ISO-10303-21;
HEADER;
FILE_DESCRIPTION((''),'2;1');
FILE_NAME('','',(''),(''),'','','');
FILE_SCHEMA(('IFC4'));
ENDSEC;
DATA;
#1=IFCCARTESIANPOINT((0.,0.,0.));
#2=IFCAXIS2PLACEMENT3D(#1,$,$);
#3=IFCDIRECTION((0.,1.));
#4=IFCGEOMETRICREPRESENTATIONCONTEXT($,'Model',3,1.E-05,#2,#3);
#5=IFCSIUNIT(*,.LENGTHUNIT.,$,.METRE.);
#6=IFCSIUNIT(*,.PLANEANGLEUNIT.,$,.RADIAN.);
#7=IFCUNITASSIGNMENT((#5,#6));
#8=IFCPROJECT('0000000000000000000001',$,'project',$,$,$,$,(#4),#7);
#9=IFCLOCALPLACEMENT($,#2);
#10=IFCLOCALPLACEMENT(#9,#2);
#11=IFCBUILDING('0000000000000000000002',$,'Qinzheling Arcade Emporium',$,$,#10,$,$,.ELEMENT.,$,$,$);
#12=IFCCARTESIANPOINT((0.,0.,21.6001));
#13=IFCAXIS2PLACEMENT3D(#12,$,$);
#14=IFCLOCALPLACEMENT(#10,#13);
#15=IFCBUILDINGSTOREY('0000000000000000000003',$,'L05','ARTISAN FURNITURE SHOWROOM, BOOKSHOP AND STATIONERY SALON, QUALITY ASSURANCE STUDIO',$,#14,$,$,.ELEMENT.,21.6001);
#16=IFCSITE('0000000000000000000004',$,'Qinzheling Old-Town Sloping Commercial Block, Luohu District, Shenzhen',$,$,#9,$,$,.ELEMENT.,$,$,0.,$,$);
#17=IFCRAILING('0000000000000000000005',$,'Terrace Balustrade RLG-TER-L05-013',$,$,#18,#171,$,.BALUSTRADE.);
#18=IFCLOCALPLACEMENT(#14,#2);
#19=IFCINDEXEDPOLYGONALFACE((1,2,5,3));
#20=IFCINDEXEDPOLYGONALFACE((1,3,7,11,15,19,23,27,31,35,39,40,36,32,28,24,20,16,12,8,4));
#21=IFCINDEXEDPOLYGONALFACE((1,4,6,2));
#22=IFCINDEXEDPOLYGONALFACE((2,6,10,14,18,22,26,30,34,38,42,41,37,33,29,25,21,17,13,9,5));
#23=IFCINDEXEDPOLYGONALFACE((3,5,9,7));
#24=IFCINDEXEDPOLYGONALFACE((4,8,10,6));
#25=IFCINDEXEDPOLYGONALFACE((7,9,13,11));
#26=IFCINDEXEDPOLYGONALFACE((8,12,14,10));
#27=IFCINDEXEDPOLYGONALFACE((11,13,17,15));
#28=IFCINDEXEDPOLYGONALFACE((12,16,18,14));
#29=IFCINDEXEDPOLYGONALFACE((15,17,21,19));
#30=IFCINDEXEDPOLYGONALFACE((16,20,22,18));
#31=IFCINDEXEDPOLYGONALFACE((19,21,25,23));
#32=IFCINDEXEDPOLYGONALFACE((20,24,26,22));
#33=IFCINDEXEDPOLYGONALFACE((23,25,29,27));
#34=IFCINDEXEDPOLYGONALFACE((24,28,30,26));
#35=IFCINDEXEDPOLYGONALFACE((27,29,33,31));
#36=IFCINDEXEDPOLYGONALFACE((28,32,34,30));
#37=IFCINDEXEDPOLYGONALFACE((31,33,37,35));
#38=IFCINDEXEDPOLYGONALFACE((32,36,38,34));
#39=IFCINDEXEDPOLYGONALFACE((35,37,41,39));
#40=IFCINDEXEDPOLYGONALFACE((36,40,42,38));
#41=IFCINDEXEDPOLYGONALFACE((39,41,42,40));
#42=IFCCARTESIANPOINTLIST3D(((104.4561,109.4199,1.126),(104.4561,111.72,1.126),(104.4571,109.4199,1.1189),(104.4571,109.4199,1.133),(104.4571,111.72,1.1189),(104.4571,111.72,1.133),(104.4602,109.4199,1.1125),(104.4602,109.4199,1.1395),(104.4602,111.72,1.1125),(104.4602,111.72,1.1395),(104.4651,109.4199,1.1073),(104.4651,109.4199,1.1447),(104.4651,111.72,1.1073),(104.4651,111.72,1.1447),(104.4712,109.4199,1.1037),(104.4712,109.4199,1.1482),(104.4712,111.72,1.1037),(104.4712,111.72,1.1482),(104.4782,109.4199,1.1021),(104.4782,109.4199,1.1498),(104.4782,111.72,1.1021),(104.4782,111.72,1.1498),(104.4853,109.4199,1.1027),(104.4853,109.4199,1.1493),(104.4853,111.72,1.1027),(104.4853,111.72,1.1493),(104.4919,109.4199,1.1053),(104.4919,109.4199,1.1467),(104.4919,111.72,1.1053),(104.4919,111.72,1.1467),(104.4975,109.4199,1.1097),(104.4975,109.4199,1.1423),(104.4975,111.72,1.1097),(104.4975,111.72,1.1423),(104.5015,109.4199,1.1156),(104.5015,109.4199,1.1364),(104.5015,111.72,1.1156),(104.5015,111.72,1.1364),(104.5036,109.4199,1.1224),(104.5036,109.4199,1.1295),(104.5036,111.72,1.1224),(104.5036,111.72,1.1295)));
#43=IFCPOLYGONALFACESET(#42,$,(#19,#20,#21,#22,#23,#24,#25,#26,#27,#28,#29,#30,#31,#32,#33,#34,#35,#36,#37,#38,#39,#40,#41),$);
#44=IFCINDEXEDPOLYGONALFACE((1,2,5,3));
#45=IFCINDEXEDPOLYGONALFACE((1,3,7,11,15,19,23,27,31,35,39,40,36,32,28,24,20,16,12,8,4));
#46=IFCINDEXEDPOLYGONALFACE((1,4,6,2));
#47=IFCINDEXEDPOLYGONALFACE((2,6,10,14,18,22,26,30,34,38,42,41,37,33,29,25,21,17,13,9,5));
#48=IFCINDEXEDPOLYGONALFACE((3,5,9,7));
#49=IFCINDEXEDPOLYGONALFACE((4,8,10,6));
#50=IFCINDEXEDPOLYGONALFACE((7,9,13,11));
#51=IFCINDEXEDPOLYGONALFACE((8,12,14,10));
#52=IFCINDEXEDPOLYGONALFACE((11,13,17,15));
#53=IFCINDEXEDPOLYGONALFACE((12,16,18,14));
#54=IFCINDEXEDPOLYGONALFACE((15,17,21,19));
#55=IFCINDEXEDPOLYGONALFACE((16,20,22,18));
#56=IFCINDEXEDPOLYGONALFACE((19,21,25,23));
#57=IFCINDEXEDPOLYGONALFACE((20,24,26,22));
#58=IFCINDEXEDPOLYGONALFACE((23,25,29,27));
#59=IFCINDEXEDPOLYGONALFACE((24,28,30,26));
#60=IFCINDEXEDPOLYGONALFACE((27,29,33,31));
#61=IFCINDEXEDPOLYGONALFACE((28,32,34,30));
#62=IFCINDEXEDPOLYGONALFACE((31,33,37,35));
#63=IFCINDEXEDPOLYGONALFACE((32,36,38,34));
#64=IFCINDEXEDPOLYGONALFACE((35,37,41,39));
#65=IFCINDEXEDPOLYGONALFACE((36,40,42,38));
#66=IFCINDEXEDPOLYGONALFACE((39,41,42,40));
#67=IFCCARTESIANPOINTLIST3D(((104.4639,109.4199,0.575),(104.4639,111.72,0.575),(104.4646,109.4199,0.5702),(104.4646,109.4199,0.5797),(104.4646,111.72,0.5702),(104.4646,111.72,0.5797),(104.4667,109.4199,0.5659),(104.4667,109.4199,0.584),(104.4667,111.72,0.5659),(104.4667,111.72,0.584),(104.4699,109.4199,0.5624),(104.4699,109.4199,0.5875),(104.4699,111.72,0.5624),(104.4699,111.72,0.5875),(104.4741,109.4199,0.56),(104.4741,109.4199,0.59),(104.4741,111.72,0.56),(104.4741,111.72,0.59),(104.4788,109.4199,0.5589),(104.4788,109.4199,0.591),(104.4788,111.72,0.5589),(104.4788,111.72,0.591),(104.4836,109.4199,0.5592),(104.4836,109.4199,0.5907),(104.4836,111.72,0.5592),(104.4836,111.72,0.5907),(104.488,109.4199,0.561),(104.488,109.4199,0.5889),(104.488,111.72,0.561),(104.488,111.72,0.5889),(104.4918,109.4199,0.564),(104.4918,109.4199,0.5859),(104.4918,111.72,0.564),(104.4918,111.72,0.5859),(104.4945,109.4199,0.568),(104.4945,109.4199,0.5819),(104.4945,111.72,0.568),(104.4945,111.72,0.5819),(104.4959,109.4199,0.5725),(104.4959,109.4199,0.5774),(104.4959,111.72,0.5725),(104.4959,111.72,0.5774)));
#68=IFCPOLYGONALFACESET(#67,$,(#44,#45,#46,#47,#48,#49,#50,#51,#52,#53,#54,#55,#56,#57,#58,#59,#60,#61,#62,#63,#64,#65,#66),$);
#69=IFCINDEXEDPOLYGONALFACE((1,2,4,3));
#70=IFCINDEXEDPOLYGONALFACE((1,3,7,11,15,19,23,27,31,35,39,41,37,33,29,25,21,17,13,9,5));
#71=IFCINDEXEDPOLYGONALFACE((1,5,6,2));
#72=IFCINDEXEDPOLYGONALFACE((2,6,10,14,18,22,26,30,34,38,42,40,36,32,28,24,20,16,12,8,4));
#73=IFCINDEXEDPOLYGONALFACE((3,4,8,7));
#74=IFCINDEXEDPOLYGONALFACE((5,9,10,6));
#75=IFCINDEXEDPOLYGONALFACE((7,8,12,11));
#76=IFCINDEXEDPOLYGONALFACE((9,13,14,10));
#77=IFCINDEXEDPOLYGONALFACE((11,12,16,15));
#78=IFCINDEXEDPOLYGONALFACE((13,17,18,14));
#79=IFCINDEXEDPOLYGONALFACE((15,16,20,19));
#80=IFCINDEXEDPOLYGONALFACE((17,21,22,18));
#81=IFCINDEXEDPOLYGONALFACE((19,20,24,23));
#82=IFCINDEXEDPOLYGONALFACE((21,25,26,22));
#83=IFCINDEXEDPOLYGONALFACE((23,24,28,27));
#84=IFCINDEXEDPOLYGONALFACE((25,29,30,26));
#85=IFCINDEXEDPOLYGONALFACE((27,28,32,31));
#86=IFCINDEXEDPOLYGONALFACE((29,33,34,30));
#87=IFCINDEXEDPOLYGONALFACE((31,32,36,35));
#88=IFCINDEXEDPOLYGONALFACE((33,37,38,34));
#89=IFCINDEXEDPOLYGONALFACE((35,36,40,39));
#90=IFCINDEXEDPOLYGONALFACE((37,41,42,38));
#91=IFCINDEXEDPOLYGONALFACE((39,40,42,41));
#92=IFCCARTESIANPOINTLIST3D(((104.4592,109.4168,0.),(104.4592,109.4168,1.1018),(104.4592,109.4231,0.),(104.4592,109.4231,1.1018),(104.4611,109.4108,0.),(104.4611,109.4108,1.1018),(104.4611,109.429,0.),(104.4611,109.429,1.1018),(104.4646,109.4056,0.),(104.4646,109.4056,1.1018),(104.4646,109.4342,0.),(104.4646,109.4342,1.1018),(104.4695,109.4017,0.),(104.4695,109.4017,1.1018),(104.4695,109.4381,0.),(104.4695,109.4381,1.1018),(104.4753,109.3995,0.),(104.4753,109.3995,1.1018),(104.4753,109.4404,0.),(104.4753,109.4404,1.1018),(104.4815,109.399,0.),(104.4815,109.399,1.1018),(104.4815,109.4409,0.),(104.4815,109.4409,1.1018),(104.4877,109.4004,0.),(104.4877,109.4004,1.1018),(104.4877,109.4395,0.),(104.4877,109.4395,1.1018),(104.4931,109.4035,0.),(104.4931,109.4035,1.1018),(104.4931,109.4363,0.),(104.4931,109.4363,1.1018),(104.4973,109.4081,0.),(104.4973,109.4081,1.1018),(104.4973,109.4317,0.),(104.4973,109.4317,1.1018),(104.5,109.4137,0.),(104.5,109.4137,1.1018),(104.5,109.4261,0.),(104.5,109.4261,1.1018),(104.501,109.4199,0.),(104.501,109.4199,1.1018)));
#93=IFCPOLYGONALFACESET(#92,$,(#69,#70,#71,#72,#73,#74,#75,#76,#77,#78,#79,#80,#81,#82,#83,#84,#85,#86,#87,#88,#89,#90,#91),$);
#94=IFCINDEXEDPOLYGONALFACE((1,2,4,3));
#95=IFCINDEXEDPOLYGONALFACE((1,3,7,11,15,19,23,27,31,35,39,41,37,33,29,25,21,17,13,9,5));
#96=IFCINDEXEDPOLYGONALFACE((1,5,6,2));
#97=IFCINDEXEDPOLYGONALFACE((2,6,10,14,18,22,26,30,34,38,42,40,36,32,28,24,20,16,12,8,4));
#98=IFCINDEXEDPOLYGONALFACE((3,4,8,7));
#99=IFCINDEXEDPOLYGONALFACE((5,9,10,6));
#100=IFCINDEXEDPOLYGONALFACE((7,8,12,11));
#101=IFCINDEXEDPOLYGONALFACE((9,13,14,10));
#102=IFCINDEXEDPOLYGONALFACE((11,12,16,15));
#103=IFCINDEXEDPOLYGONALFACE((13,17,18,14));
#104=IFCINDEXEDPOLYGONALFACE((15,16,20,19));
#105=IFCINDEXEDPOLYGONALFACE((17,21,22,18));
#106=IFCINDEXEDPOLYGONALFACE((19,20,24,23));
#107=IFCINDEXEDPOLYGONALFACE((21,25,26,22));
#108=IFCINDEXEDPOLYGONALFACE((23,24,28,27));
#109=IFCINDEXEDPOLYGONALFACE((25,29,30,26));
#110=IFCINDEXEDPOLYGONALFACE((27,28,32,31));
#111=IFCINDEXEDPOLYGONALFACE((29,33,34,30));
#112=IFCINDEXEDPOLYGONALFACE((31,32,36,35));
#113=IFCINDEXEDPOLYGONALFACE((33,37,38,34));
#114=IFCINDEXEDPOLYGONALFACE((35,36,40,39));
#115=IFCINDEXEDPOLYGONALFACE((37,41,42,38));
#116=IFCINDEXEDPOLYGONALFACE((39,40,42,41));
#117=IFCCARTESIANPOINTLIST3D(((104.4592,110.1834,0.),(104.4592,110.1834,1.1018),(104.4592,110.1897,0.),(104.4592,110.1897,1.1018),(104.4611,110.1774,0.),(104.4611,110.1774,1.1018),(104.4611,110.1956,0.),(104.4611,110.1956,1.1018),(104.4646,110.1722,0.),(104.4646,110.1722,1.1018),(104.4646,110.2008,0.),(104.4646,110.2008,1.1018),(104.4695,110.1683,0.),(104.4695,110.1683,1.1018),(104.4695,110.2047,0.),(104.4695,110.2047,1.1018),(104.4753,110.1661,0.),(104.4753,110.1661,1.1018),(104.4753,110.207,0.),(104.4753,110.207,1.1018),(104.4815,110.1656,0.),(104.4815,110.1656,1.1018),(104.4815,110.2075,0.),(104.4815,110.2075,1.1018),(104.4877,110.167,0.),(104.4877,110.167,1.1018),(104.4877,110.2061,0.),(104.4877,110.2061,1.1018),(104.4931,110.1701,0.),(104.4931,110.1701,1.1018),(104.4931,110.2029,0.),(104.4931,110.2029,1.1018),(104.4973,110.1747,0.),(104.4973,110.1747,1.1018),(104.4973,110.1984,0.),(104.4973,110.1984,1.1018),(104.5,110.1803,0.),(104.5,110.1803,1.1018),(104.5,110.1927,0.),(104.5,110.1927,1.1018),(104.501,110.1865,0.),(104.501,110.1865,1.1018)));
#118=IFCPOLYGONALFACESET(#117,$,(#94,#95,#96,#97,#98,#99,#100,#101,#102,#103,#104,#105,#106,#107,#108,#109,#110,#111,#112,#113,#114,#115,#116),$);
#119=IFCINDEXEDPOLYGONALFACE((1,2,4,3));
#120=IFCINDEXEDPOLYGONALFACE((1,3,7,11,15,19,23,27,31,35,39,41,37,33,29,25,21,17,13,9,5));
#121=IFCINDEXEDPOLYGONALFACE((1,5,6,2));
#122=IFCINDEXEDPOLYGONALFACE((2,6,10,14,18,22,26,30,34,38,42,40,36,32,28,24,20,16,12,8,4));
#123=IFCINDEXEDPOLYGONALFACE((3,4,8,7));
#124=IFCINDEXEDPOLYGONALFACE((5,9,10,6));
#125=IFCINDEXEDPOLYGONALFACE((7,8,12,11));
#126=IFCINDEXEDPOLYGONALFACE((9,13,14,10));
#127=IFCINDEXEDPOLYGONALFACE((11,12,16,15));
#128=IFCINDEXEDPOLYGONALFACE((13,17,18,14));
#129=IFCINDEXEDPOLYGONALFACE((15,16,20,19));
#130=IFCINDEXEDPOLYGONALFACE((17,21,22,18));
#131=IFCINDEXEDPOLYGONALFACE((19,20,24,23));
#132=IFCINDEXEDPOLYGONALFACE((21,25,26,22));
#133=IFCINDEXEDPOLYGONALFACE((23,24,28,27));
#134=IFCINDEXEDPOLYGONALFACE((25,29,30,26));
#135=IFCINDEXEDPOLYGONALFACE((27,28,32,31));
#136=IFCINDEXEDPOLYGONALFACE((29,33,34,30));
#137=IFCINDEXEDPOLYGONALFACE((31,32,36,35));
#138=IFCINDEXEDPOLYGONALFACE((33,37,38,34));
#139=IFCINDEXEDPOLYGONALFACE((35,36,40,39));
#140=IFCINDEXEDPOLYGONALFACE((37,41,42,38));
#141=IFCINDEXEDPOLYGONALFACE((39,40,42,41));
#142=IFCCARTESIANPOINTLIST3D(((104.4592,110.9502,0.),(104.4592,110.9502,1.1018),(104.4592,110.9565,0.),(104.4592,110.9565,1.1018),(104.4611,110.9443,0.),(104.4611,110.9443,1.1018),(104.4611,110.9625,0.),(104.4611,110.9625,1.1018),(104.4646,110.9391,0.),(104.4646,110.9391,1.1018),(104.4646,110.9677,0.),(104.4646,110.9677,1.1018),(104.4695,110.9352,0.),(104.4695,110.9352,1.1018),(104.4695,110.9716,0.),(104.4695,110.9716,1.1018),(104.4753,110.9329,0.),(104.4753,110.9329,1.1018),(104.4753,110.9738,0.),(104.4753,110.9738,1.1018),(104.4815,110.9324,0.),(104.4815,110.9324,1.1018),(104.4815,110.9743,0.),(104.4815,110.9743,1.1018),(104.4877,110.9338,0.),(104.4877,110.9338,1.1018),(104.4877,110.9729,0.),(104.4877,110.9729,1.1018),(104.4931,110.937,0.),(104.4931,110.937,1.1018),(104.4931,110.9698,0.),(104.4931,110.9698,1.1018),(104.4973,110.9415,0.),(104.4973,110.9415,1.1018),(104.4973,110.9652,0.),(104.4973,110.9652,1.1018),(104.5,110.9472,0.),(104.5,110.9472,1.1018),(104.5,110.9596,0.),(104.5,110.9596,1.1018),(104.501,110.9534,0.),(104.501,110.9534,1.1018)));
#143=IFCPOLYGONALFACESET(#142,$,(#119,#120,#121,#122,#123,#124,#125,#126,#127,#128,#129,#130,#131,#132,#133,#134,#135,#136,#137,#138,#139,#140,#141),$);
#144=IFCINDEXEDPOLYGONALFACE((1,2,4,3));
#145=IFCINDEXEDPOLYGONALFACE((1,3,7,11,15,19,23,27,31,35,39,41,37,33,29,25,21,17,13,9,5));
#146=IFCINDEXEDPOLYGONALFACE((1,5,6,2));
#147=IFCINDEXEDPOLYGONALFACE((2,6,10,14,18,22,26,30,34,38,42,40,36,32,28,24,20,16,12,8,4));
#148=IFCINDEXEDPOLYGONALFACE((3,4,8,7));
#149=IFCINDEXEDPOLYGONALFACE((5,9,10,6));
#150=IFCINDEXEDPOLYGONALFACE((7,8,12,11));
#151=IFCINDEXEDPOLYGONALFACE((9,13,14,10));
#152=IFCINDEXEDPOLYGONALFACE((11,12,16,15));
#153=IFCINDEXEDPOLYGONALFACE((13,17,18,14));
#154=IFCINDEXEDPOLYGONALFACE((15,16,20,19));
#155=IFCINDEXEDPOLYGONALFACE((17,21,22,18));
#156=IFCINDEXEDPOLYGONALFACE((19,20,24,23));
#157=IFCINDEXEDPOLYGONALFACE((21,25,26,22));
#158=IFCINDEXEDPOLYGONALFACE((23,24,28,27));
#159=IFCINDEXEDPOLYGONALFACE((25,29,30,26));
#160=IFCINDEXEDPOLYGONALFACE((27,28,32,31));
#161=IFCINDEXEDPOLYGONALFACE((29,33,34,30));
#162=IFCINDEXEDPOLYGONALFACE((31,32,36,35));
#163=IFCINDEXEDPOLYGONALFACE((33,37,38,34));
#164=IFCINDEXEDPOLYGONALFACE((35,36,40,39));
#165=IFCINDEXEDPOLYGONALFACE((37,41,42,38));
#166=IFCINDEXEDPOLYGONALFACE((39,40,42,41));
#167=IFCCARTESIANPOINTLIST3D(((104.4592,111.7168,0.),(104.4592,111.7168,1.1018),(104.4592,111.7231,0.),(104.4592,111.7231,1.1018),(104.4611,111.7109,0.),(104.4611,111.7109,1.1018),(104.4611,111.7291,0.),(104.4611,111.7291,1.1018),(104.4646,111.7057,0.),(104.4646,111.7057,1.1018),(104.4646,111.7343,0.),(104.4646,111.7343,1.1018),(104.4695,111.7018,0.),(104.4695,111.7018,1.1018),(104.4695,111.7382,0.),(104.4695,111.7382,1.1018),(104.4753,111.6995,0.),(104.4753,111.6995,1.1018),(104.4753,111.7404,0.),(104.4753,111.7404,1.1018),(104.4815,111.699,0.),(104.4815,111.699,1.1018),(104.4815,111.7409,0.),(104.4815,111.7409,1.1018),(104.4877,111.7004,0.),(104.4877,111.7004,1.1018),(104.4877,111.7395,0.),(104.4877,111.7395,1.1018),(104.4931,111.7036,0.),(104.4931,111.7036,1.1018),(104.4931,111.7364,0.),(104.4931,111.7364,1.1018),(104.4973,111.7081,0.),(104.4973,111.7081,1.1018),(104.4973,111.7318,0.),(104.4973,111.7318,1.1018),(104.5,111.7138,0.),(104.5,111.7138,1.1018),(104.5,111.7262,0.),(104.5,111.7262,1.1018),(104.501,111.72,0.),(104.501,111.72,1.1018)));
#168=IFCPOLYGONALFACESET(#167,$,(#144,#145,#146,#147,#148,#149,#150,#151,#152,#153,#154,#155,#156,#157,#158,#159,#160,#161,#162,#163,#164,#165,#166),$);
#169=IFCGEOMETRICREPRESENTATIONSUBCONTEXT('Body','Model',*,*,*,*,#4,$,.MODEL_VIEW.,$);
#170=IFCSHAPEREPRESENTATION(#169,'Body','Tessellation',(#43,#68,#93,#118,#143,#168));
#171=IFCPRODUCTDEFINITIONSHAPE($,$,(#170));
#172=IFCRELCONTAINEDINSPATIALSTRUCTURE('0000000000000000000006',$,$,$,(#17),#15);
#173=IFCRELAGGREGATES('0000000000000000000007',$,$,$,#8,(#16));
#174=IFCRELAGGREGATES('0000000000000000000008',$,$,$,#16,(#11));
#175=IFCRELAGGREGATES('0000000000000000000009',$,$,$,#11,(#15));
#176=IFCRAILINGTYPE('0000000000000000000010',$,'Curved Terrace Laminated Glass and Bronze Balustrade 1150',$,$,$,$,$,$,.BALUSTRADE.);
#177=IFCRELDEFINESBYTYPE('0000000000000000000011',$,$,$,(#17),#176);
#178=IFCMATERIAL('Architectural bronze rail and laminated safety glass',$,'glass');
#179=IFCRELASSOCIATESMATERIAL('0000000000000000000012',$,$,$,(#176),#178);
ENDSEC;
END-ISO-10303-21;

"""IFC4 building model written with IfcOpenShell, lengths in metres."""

from ifc_helpers import new_model, si_unit, direction, frame, origin, origin_2d, place, context, subcontext, project, spatial, circle, extrude, material, type_object, element, save


model = new_model("IFC4")

# Units and contexts
model_context = context("Model", 3, precision=1e-05, world=origin(), true_north=direction((0.0, 1.0)))
body_context = subcontext(model_context, "Body", "Model", "MODEL_VIEW")
ifc_project = project(units=[si_unit("LENGTHUNIT", "METRE"), si_unit("PLANEANGLEUNIT", "RADIAN")], contexts=[model_context])

# Site, building, storey
site_placement = place(None, origin())
site = spatial("IfcSite", under=ifc_project, at=site_placement, Name="Qinzheling Old-Town Sloping Commercial Block, Luohu District, Shenzhen", CompositionType="ELEMENT", RefElevation=0.0)
building_placement = place(site_placement, origin())
building = spatial("IfcBuilding", under=site, at=building_placement, Name="Qinzheling Arcade Emporium", CompositionType="ELEMENT")
storey_placement = place(building_placement, frame((0.0, 0.0, 21.6001)))
storey = spatial("IfcBuildingStorey", under=building, at=storey_placement, Name="L05", Description="ARTISAN FURNITURE SHOWROOM, BOOKSHOP AND STATIONERY SALON, QUALITY ASSURANCE STUDIO", CompositionType="ELEMENT", Elevation=21.6001)

# Railing
ifc_material_1 = material(Name="Architectural bronze rail and laminated safety glass", Category="glass")
railing_type = type_object("IfcRailingType", Name="Curved Terrace Laminated Glass and Bronze Balustrade 1150", PredefinedType="BALUSTRADE", material=ifc_material_1)
railing_1_placement = place(storey_placement, frame((104.48, 109.4199, 0.0)))
element("IfcRailing", 1, at=railing_1_placement, inside=storey, type_object=railing_type, Name="Terrace Balustrade RLG-TER-L05-013", PredefinedType="BALUSTRADE", context=body_context, shape_type="SweptSolid", body=[
    extrude(circle(Radius=0.0239, at=origin_2d()), frame((0.0, 0.0, 1.126), z_axis=(0.0, 1.0, 0.0), x_axis=(-1.0, 0.0, 0.0)), (0.0, 0.0, 1.0), 2.3),
    extrude(circle(Radius=0.0161, at=origin_2d()), frame((0.0, 0.0, 0.575), z_axis=(0.0, 1.0, 0.0), x_axis=(-1.0, 0.0, 0.0)), (0.0, 0.0, 1.0), 2.3),
    extrude(circle(Radius=0.021, at=origin_2d()), origin(), (0.0, 0.0, 1.0), 1.1018),
    extrude(circle(Radius=0.021, at=origin_2d()), frame((0.0, 0.7666, 0.0)), (0.0, 0.0, 1.0), 1.1018),
    extrude(circle(Radius=0.021, at=origin_2d()), frame((0.0, 1.5334, 0.0)), (0.0, 0.0, 1.0), 1.1018),
    extrude(circle(Radius=0.021, at=origin_2d()), frame((0.0, 2.3, 0.0)), (0.0, 0.0, 1.0), 1.1018),
])

save(model, "model.ifc")
